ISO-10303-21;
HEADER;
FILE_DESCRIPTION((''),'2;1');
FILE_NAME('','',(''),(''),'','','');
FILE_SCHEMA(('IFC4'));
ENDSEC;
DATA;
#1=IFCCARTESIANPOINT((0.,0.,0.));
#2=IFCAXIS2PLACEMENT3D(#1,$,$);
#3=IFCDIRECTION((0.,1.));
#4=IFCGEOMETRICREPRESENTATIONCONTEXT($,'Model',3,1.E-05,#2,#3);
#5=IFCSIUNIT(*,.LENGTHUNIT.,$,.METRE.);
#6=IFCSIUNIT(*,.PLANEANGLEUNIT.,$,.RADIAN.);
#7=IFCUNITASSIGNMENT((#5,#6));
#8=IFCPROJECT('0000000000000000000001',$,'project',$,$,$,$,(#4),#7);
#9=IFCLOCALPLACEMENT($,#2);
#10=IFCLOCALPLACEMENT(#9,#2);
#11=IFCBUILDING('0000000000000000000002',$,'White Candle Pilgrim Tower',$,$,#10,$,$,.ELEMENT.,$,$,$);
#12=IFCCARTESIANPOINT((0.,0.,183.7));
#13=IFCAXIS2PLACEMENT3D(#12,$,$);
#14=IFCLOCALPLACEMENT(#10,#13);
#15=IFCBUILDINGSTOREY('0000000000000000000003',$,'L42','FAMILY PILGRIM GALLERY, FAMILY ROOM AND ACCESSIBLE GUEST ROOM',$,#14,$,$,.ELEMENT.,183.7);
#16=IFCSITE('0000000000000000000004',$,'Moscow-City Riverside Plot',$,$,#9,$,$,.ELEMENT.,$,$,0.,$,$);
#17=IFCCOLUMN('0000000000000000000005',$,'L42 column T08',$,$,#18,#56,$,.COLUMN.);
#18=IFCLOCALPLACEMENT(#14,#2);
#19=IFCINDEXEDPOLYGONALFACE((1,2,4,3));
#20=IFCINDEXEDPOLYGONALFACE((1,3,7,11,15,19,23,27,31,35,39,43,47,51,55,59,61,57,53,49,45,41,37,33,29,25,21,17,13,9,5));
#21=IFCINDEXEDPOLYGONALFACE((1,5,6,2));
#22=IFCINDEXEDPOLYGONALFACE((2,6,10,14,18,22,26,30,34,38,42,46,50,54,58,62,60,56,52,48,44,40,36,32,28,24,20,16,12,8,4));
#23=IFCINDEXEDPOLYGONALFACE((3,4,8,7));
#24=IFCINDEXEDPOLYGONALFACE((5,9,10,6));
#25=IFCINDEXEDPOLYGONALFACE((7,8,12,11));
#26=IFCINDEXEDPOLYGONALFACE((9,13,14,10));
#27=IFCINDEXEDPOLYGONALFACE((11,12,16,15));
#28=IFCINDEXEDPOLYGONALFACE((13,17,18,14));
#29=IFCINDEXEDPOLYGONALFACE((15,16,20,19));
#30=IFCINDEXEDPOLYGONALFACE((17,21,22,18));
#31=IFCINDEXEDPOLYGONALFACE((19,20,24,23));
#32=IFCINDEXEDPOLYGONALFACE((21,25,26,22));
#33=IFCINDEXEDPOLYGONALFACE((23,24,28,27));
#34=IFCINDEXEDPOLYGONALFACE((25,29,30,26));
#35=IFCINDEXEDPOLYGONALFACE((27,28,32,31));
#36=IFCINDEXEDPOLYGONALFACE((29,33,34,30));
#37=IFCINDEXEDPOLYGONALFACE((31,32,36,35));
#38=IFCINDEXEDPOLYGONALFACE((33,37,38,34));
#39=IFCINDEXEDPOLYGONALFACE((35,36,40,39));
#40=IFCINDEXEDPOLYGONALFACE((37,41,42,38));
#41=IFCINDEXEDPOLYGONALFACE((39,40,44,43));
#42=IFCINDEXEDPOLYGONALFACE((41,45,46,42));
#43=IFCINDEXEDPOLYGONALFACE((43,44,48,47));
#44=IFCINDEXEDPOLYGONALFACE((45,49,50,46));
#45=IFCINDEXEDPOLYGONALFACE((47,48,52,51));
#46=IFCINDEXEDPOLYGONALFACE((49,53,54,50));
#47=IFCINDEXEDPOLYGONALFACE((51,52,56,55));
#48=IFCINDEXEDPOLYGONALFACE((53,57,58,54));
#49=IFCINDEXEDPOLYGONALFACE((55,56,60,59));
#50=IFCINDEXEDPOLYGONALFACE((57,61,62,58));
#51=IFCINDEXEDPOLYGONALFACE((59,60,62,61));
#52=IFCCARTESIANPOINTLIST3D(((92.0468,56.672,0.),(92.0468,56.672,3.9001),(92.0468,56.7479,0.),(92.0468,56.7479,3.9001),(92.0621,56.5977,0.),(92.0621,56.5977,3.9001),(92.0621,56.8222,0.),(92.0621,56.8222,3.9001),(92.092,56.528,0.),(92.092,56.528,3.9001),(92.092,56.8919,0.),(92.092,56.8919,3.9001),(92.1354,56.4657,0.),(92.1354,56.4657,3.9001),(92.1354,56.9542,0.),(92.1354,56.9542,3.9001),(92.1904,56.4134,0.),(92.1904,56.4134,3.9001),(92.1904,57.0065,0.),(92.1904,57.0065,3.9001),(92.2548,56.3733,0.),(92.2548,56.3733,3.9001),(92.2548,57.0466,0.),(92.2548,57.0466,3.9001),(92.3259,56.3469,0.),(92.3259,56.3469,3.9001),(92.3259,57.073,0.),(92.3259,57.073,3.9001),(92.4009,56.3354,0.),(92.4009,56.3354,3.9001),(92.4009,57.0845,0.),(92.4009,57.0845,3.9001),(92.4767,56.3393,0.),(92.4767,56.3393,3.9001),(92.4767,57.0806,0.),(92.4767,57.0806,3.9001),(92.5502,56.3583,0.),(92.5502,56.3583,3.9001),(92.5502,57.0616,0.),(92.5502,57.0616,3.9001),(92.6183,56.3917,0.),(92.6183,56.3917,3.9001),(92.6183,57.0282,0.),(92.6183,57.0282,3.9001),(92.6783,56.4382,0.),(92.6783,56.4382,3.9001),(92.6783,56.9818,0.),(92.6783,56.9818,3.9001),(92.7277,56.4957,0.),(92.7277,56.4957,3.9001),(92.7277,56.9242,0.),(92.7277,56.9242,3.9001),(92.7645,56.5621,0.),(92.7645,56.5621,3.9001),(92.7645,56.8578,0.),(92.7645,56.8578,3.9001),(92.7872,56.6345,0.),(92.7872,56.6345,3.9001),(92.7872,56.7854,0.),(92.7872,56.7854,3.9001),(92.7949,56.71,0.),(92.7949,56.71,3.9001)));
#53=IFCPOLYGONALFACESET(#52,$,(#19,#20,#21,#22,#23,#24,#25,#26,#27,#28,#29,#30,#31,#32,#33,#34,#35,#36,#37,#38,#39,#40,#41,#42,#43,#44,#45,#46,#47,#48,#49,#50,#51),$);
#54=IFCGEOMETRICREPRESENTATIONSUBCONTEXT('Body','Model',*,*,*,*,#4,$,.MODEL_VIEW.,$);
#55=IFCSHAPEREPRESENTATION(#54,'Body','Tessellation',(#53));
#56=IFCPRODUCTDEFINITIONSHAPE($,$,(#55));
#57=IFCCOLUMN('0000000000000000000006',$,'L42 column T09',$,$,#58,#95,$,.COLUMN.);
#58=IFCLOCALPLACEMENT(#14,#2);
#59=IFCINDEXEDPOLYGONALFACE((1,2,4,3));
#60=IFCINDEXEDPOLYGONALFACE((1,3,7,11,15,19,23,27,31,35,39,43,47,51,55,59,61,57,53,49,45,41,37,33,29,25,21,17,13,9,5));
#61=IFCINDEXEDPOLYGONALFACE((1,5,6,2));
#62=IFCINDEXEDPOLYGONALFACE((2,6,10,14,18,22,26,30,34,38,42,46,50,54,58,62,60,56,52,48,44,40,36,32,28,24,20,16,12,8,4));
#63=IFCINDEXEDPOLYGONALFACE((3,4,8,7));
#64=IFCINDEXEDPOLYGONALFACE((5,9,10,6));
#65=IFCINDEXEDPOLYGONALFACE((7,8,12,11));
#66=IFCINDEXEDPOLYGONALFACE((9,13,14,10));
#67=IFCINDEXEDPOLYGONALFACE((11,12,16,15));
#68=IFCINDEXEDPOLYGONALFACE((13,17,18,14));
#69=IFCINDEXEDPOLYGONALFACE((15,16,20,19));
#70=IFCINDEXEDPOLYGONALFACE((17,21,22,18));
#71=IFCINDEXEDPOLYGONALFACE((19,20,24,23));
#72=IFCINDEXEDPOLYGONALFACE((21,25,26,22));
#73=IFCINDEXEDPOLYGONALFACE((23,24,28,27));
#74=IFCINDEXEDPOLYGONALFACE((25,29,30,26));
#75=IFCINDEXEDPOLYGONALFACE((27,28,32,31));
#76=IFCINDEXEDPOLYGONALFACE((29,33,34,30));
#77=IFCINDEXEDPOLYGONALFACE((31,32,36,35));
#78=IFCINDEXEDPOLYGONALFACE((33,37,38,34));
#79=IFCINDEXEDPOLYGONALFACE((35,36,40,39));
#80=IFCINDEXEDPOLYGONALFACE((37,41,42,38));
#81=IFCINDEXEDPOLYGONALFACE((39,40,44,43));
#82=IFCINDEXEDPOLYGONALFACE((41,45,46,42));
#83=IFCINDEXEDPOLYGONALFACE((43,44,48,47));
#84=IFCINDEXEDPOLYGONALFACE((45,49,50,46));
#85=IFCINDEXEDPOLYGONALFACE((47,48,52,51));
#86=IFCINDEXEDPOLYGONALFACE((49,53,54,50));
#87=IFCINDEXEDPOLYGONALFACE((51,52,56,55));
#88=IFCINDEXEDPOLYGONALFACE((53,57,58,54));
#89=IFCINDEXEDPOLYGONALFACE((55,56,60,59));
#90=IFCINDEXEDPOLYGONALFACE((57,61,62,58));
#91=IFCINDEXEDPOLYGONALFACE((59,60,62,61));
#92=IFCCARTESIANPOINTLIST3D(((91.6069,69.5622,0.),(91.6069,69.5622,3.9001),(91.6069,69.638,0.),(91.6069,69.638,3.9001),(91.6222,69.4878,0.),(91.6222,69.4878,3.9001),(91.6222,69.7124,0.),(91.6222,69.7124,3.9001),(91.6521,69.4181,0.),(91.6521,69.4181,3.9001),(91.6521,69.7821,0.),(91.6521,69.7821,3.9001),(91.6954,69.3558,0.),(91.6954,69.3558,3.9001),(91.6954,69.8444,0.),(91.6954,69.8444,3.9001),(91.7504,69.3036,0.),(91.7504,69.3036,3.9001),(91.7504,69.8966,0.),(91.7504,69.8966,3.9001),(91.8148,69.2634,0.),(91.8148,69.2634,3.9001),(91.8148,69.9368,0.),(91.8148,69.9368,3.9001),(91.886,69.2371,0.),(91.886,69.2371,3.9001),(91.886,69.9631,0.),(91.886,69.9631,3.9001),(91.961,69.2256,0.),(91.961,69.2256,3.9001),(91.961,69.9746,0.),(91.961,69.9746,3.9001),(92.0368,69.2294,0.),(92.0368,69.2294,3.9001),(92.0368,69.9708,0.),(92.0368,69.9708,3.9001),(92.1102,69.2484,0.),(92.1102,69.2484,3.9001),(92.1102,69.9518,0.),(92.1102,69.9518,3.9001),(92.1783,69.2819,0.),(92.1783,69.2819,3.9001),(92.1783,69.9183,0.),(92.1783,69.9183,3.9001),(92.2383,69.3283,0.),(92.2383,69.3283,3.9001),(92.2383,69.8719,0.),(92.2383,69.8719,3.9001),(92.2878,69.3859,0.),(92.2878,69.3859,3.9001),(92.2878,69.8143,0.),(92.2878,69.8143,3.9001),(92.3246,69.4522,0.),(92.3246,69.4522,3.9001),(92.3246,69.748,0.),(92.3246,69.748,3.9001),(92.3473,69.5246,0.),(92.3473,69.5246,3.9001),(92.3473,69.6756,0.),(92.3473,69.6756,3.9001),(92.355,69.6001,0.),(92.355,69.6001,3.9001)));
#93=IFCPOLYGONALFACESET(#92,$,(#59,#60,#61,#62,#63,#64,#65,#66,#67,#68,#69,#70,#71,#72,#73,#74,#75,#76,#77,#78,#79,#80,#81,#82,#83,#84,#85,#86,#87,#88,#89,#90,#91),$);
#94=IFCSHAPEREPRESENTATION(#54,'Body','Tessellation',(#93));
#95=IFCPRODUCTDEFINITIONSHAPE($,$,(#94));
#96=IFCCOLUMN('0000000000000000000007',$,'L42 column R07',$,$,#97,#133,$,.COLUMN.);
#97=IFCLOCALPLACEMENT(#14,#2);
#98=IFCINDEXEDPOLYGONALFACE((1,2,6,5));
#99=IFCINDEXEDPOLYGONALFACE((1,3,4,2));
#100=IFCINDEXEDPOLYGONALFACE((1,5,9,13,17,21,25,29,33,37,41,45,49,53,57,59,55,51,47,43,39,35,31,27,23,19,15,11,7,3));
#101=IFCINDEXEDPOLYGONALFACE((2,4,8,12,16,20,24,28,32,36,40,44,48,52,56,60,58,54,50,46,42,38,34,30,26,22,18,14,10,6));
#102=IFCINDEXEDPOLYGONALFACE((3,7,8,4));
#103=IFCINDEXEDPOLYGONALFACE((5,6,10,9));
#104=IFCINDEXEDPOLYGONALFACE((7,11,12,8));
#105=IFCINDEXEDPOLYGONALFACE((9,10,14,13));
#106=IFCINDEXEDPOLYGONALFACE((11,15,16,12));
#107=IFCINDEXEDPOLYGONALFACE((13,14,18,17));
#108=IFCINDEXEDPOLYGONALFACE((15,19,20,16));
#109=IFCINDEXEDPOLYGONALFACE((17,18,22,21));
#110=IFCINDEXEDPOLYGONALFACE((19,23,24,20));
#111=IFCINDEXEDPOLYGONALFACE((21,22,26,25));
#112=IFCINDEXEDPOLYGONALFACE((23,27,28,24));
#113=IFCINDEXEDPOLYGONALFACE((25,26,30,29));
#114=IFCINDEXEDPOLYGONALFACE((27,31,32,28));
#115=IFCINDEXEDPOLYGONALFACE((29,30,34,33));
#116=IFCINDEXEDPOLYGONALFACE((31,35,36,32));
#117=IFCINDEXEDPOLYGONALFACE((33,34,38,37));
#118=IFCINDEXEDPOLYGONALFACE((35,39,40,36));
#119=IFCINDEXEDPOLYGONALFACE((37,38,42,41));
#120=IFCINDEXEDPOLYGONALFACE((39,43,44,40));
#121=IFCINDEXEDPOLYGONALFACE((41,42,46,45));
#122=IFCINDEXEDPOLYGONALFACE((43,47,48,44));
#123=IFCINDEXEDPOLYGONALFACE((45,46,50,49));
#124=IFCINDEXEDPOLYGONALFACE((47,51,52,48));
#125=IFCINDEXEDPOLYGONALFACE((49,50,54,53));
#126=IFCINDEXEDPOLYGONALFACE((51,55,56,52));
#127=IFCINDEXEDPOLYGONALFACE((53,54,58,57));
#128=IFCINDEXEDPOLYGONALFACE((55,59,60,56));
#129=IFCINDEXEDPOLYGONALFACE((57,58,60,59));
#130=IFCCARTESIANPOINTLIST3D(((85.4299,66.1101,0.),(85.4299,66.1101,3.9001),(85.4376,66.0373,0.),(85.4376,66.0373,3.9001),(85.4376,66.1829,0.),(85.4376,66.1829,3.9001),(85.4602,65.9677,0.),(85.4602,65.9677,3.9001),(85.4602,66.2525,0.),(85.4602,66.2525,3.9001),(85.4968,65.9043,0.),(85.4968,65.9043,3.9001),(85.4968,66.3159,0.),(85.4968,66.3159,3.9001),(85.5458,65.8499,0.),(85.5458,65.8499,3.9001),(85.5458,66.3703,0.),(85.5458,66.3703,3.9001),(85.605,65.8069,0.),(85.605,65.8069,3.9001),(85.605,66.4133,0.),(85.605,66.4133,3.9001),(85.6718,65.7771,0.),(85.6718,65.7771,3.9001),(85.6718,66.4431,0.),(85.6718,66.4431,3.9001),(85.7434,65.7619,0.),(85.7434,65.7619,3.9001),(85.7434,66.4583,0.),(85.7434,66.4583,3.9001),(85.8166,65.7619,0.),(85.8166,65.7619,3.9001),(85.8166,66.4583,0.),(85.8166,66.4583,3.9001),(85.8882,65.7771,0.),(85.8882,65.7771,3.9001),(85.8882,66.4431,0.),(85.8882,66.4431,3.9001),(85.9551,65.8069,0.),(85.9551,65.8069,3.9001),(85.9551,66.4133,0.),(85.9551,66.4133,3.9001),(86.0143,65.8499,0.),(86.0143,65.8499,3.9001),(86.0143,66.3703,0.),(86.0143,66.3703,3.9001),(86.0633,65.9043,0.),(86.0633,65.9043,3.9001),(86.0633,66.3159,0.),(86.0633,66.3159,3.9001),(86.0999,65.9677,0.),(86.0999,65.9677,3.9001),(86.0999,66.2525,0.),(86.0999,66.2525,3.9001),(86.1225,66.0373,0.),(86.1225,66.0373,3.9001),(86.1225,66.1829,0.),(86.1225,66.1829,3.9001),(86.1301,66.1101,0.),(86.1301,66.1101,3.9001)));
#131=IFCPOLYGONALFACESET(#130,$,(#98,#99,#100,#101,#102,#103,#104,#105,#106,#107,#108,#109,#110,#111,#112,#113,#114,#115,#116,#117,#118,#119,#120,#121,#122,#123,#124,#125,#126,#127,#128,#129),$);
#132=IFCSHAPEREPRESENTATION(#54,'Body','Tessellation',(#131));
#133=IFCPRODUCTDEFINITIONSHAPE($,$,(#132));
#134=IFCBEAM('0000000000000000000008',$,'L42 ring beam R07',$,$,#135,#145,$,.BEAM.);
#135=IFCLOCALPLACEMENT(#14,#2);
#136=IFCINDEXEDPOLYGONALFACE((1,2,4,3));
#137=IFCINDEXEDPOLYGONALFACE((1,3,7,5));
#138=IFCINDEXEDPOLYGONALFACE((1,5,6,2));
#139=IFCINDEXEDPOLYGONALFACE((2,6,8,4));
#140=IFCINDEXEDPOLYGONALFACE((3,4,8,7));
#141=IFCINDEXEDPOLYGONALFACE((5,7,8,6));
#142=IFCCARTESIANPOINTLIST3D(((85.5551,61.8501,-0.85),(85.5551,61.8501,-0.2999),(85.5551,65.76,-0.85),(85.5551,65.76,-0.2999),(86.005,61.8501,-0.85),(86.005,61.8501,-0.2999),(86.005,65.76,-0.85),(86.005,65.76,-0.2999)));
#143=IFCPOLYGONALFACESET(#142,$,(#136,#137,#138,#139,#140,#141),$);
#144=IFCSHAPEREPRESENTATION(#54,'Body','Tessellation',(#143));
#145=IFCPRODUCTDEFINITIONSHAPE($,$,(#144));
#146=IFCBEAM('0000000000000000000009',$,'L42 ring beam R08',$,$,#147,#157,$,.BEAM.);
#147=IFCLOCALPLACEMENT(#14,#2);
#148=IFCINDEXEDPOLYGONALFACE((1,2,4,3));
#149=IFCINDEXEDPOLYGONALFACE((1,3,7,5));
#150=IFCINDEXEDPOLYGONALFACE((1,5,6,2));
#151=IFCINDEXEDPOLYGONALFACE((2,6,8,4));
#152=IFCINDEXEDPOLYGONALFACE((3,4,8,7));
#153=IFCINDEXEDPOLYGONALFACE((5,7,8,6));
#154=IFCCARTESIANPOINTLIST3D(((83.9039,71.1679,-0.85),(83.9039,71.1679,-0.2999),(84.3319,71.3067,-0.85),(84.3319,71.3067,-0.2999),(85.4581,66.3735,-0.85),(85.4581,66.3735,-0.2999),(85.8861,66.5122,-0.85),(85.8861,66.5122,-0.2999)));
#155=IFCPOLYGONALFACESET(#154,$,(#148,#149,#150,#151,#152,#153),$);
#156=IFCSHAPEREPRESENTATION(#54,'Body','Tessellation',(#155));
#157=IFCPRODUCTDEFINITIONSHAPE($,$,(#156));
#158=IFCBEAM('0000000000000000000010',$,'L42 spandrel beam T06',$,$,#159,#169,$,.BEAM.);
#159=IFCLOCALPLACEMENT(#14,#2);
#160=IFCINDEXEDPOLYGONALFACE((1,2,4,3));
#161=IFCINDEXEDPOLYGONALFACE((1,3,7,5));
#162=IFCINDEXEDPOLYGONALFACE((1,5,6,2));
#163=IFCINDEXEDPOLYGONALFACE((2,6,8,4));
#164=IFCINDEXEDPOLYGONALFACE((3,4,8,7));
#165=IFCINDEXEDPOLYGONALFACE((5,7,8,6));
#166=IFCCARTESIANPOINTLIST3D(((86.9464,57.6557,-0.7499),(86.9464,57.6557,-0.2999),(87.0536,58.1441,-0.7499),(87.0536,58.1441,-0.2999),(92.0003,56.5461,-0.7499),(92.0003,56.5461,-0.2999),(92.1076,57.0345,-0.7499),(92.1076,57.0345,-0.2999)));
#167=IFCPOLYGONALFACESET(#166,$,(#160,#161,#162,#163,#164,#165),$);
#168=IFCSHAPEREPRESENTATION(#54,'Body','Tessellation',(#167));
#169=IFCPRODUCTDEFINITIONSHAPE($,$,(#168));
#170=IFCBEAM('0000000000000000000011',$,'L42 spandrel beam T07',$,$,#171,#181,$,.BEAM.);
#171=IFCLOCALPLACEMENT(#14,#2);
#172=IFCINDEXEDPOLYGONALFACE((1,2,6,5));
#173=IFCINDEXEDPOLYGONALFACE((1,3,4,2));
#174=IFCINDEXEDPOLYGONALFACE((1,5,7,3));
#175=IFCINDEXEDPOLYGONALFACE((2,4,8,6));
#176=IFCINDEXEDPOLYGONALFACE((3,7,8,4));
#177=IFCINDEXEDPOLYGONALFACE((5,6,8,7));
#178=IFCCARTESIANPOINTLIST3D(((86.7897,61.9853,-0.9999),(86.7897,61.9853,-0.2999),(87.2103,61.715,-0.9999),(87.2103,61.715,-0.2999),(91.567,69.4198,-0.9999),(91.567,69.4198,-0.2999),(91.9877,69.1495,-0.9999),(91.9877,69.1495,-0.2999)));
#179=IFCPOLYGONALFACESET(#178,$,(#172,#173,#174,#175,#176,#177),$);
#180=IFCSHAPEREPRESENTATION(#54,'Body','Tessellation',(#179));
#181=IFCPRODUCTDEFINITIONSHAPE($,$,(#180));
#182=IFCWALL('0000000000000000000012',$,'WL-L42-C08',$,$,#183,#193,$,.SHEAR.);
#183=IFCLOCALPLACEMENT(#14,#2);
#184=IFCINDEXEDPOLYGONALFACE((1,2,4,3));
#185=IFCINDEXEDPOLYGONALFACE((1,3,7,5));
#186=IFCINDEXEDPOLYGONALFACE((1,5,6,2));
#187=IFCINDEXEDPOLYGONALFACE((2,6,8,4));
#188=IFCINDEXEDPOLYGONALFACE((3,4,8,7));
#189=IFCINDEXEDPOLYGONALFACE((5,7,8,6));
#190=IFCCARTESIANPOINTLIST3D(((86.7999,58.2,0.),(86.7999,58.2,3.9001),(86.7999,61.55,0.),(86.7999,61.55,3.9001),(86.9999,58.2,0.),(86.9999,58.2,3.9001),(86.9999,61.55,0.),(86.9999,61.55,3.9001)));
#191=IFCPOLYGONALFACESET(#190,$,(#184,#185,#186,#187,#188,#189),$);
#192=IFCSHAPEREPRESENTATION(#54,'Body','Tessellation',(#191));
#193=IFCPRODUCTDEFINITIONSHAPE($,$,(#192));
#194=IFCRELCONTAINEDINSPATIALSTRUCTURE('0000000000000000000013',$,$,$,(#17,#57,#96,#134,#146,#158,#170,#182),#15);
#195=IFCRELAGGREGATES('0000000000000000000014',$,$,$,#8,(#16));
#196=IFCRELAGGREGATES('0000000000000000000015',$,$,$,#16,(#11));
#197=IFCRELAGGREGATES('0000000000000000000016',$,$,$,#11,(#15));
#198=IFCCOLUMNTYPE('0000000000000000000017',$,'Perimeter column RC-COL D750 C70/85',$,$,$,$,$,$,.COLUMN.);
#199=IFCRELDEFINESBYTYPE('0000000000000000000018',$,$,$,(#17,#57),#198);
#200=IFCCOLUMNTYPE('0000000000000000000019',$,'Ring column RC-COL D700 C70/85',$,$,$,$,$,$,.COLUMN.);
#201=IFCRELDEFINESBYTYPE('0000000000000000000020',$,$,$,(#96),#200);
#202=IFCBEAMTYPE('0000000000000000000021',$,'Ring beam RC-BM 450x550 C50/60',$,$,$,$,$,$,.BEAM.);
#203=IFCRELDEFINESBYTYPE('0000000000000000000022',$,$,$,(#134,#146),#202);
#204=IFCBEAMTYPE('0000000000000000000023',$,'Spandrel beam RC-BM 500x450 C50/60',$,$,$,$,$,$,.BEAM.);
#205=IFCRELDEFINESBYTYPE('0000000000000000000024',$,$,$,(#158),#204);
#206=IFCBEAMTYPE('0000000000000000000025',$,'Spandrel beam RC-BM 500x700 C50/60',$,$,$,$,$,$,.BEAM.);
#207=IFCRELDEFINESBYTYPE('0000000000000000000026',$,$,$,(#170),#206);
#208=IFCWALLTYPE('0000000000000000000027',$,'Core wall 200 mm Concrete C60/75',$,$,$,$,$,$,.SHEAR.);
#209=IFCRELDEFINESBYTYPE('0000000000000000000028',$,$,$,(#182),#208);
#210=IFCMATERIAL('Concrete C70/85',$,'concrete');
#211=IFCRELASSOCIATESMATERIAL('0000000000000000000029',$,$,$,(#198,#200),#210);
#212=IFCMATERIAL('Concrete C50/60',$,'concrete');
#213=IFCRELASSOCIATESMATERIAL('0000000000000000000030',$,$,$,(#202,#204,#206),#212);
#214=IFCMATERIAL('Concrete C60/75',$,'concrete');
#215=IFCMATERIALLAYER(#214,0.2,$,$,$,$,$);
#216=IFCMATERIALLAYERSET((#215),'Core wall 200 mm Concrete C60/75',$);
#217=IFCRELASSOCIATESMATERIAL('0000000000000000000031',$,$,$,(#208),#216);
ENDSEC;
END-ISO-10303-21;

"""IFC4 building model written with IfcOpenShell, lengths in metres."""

from ifc_helpers import new_model, si_unit, direction, frame, frame_2d, origin, origin_2d, place, context, subcontext, project, spatial, rectangle, circle, extrude, material, layer, layer_set, material_profile, profile_set, type_object, element, save


model = new_model("IFC4")

# Units and contexts
model_context = context("Model", 3, precision=1e-05, world=origin(), true_north=direction((0.0, 1.0)))
body_context = subcontext(model_context, "Body", "Model", "MODEL_VIEW")
ifc_project = project(units=[si_unit("LENGTHUNIT", "METRE"), si_unit("PLANEANGLEUNIT", "RADIAN")], contexts=[model_context])

# Site, building, storey
site_placement = place(None, origin())
site = spatial("IfcSite", under=ifc_project, at=site_placement, Name="Moscow-City Riverside Plot", CompositionType="ELEMENT", RefElevation=0.0)
building_placement = place(site_placement, origin())
building = spatial("IfcBuilding", under=site, at=building_placement, Name="White Candle Pilgrim Tower", CompositionType="ELEMENT")
storey_placement = place(building_placement, frame((0.0, 0.0, 183.7)))
storey = spatial("IfcBuildingStorey", under=building, at=storey_placement, Name="L42", Description="FAMILY PILGRIM GALLERY, FAMILY ROOM AND ACCESSIBLE GUEST ROOM", CompositionType="ELEMENT", Elevation=183.7)

# Columns
ifc_material_1 = material(Name="Concrete C70/85", Category="concrete")
ifc_material_profile_1 = material_profile(ifc_material_1, circle(Radius=0.375, at=origin_2d()), Name="RC-COL D750")
ifc_profile_set_1 = profile_set([ifc_material_profile_1], Name="Concrete C70/85")
column_type_1 = type_object("IfcColumnType", Name="Perimeter column RC-COL D750 C70/85", PredefinedType="COLUMN", material=ifc_profile_set_1)
for number, where, z_axis, x_axis, name in (
    (1, (92.4199, 56.71, 0.0), (0.0, 0.0, 1.0), (1.0, 0.0, 0.0), "L42 column T08"),
    (2, (91.98, 69.6001, 0.0), (0.0, 0.0, 1.0), (1.0, 0.0, 0.0), "L42 column T09"),
):
    element("IfcColumn", number, at=place(storey_placement, frame(where, z_axis=z_axis, x_axis=x_axis)), inside=storey, type_object=column_type_1, Name=name, PredefinedType="COLUMN", context=body_context, shape_type="SweptSolid", body=[
        extrude(circle(Radius=0.375, at=origin_2d()), origin(), (0.0, 0.0, 1.0), 3.9001),
    ])
ifc_material_profile_2 = material_profile(ifc_material_1, circle(Radius=0.3501, at=origin_2d()), Name="RC-COL D700")
ifc_profile_set_2 = profile_set([ifc_material_profile_2], Name="Concrete C70/85")
column_type_2 = type_object("IfcColumnType", Name="Ring column RC-COL D700 C70/85", PredefinedType="COLUMN", material=ifc_profile_set_2)
column_placement = place(storey_placement, frame((85.78, 66.1101, 0.0), z_axis=(0.0, 0.0, 1.0), x_axis=(1.0, 0.0, 0.0)))
element("IfcColumn", 3, at=column_placement, inside=storey, type_object=column_type_2, Name="L42 column R07", PredefinedType="COLUMN", context=body_context, shape_type="SweptSolid", body=[
    extrude(circle(Radius=0.3501, at=origin_2d()), origin(), (0.0, 0.0, 1.0), 3.9001),
])

# Beams
ifc_material_2 = material(Name="Concrete C50/60", Category="concrete")
ifc_material_profile_3 = material_profile(ifc_material_2, rectangle(XDim=0.45, YDim=0.55, at=origin_2d()), Name="RC-BM 450x550")
ifc_profile_set_3 = profile_set([ifc_material_profile_3], Name="Concrete C50/60")
beam_type_1 = type_object("IfcBeamType", Name="Ring beam RC-BM 450x550 C50/60", PredefinedType="BEAM", material=ifc_profile_set_3)
beam_1_placement = place(storey_placement, frame((85.78, 65.76, -0.575), z_axis=(0.0, -1.0, 0.0), x_axis=(1.0, 0.0, 0.0)))
element("IfcBeam", 4, at=beam_1_placement, inside=storey, type_object=beam_type_1, Name="L42 ring beam R07", PredefinedType="BEAM", context=body_context, shape_type="SweptSolid", body=[
    extrude(rectangle(XDim=0.45, YDim=0.55, at=origin_2d()), origin(), (0.0, 0.0, 1.0), 3.9099),
])
beam_2_placement = place(storey_placement, frame((85.6721, 66.4429, -0.575), z_axis=(-0.30837, 0.951267, 0.0), x_axis=(-0.951267, -0.30837, 0.0)))
element("IfcBeam", 5, at=beam_2_placement, inside=storey, type_object=beam_type_1, Name="L42 ring beam R08", PredefinedType="BEAM", context=body_context, shape_type="SweptSolid", body=[
    extrude(rectangle(XDim=0.45, YDim=0.55, at=origin_2d()), origin(), (0.0, 0.0, 1.0), 5.04),
])
ifc_material_profile_4 = material_profile(ifc_material_2, rectangle(XDim=0.5, YDim=0.45, at=origin_2d()), Name="RC-BM 500x450")
ifc_profile_set_4 = profile_set([ifc_material_profile_4], Name="Concrete C50/60")
beam_type_2 = type_object("IfcBeamType", Name="Spandrel beam RC-BM 500x450 C50/60", PredefinedType="BEAM", material=ifc_profile_set_4)
beam_3_placement = place(storey_placement, frame((92.054, 56.7903, -0.5249), z_axis=(-0.976736, 0.214447, 0.0), x_axis=(-0.214447, -0.976736, 0.0)))
element("IfcBeam", 6, at=beam_3_placement, inside=storey, type_object=beam_type_2, Name="L42 spandrel beam T06", PredefinedType="BEAM", context=body_context, shape_type="SweptSolid", body=[
    extrude(rectangle(XDim=0.5, YDim=0.45, at=origin_2d()), origin(), (0.0, 0.0, 1.0), 5.1743),
])
ifc_material_profile_5 = material_profile(ifc_material_2, rectangle(XDim=0.5, YDim=0.7, at=origin_2d()), Name="RC-BM 500x700")
ifc_profile_set_5 = profile_set([ifc_material_profile_5], Name="Concrete C50/60")
beam_type_3 = type_object("IfcBeamType", Name="Spandrel beam RC-BM 500x700 C50/60", PredefinedType="BEAM", material=ifc_profile_set_5)
beam_4_placement = place(storey_placement, frame((91.7773, 69.2847, -0.6499), z_axis=(-0.540596, -0.841283, 0.0), x_axis=(0.841283, -0.540596, 0.0)))
element("IfcBeam", 7, at=beam_4_placement, inside=storey, type_object=beam_type_3, Name="L42 spandrel beam T07", PredefinedType="BEAM", context=body_context, shape_type="SweptSolid", body=[
    extrude(rectangle(XDim=0.5, YDim=0.7, at=origin_2d()), origin(), (0.0, 0.0, 1.0), 8.8372),
])

# Wall
ifc_material_3 = material(Name="Concrete C60/75", Category="concrete")
ifc_layer_1 = layer(ifc_material_3, 0.2)
ifc_layer_set_1 = layer_set([ifc_layer_1], Name="Core wall 200 mm Concrete C60/75")
wall_type_1 = type_object("IfcWallType", Name="Core wall 200 mm Concrete C60/75", PredefinedType="SHEAR", material=ifc_layer_set_1)
wall_1_placement = place(storey_placement, frame((86.8999, 58.2, 0.0), z_axis=(0.0, 0.0, 1.0), x_axis=(0.0, 1.0, 0.0)))
element("IfcWall", 8, at=wall_1_placement, inside=storey, type_object=wall_type_1, Name="WL-L42-C08", PredefinedType="SHEAR", context=body_context, shape_type="SweptSolid", body=[
    extrude(rectangle(XDim=3.3501, YDim=0.2, at=frame_2d((1.675, 0.0))), origin(), (0.0, 0.0, 1.0), 3.9001),
])

save(model, "model.ifc")
